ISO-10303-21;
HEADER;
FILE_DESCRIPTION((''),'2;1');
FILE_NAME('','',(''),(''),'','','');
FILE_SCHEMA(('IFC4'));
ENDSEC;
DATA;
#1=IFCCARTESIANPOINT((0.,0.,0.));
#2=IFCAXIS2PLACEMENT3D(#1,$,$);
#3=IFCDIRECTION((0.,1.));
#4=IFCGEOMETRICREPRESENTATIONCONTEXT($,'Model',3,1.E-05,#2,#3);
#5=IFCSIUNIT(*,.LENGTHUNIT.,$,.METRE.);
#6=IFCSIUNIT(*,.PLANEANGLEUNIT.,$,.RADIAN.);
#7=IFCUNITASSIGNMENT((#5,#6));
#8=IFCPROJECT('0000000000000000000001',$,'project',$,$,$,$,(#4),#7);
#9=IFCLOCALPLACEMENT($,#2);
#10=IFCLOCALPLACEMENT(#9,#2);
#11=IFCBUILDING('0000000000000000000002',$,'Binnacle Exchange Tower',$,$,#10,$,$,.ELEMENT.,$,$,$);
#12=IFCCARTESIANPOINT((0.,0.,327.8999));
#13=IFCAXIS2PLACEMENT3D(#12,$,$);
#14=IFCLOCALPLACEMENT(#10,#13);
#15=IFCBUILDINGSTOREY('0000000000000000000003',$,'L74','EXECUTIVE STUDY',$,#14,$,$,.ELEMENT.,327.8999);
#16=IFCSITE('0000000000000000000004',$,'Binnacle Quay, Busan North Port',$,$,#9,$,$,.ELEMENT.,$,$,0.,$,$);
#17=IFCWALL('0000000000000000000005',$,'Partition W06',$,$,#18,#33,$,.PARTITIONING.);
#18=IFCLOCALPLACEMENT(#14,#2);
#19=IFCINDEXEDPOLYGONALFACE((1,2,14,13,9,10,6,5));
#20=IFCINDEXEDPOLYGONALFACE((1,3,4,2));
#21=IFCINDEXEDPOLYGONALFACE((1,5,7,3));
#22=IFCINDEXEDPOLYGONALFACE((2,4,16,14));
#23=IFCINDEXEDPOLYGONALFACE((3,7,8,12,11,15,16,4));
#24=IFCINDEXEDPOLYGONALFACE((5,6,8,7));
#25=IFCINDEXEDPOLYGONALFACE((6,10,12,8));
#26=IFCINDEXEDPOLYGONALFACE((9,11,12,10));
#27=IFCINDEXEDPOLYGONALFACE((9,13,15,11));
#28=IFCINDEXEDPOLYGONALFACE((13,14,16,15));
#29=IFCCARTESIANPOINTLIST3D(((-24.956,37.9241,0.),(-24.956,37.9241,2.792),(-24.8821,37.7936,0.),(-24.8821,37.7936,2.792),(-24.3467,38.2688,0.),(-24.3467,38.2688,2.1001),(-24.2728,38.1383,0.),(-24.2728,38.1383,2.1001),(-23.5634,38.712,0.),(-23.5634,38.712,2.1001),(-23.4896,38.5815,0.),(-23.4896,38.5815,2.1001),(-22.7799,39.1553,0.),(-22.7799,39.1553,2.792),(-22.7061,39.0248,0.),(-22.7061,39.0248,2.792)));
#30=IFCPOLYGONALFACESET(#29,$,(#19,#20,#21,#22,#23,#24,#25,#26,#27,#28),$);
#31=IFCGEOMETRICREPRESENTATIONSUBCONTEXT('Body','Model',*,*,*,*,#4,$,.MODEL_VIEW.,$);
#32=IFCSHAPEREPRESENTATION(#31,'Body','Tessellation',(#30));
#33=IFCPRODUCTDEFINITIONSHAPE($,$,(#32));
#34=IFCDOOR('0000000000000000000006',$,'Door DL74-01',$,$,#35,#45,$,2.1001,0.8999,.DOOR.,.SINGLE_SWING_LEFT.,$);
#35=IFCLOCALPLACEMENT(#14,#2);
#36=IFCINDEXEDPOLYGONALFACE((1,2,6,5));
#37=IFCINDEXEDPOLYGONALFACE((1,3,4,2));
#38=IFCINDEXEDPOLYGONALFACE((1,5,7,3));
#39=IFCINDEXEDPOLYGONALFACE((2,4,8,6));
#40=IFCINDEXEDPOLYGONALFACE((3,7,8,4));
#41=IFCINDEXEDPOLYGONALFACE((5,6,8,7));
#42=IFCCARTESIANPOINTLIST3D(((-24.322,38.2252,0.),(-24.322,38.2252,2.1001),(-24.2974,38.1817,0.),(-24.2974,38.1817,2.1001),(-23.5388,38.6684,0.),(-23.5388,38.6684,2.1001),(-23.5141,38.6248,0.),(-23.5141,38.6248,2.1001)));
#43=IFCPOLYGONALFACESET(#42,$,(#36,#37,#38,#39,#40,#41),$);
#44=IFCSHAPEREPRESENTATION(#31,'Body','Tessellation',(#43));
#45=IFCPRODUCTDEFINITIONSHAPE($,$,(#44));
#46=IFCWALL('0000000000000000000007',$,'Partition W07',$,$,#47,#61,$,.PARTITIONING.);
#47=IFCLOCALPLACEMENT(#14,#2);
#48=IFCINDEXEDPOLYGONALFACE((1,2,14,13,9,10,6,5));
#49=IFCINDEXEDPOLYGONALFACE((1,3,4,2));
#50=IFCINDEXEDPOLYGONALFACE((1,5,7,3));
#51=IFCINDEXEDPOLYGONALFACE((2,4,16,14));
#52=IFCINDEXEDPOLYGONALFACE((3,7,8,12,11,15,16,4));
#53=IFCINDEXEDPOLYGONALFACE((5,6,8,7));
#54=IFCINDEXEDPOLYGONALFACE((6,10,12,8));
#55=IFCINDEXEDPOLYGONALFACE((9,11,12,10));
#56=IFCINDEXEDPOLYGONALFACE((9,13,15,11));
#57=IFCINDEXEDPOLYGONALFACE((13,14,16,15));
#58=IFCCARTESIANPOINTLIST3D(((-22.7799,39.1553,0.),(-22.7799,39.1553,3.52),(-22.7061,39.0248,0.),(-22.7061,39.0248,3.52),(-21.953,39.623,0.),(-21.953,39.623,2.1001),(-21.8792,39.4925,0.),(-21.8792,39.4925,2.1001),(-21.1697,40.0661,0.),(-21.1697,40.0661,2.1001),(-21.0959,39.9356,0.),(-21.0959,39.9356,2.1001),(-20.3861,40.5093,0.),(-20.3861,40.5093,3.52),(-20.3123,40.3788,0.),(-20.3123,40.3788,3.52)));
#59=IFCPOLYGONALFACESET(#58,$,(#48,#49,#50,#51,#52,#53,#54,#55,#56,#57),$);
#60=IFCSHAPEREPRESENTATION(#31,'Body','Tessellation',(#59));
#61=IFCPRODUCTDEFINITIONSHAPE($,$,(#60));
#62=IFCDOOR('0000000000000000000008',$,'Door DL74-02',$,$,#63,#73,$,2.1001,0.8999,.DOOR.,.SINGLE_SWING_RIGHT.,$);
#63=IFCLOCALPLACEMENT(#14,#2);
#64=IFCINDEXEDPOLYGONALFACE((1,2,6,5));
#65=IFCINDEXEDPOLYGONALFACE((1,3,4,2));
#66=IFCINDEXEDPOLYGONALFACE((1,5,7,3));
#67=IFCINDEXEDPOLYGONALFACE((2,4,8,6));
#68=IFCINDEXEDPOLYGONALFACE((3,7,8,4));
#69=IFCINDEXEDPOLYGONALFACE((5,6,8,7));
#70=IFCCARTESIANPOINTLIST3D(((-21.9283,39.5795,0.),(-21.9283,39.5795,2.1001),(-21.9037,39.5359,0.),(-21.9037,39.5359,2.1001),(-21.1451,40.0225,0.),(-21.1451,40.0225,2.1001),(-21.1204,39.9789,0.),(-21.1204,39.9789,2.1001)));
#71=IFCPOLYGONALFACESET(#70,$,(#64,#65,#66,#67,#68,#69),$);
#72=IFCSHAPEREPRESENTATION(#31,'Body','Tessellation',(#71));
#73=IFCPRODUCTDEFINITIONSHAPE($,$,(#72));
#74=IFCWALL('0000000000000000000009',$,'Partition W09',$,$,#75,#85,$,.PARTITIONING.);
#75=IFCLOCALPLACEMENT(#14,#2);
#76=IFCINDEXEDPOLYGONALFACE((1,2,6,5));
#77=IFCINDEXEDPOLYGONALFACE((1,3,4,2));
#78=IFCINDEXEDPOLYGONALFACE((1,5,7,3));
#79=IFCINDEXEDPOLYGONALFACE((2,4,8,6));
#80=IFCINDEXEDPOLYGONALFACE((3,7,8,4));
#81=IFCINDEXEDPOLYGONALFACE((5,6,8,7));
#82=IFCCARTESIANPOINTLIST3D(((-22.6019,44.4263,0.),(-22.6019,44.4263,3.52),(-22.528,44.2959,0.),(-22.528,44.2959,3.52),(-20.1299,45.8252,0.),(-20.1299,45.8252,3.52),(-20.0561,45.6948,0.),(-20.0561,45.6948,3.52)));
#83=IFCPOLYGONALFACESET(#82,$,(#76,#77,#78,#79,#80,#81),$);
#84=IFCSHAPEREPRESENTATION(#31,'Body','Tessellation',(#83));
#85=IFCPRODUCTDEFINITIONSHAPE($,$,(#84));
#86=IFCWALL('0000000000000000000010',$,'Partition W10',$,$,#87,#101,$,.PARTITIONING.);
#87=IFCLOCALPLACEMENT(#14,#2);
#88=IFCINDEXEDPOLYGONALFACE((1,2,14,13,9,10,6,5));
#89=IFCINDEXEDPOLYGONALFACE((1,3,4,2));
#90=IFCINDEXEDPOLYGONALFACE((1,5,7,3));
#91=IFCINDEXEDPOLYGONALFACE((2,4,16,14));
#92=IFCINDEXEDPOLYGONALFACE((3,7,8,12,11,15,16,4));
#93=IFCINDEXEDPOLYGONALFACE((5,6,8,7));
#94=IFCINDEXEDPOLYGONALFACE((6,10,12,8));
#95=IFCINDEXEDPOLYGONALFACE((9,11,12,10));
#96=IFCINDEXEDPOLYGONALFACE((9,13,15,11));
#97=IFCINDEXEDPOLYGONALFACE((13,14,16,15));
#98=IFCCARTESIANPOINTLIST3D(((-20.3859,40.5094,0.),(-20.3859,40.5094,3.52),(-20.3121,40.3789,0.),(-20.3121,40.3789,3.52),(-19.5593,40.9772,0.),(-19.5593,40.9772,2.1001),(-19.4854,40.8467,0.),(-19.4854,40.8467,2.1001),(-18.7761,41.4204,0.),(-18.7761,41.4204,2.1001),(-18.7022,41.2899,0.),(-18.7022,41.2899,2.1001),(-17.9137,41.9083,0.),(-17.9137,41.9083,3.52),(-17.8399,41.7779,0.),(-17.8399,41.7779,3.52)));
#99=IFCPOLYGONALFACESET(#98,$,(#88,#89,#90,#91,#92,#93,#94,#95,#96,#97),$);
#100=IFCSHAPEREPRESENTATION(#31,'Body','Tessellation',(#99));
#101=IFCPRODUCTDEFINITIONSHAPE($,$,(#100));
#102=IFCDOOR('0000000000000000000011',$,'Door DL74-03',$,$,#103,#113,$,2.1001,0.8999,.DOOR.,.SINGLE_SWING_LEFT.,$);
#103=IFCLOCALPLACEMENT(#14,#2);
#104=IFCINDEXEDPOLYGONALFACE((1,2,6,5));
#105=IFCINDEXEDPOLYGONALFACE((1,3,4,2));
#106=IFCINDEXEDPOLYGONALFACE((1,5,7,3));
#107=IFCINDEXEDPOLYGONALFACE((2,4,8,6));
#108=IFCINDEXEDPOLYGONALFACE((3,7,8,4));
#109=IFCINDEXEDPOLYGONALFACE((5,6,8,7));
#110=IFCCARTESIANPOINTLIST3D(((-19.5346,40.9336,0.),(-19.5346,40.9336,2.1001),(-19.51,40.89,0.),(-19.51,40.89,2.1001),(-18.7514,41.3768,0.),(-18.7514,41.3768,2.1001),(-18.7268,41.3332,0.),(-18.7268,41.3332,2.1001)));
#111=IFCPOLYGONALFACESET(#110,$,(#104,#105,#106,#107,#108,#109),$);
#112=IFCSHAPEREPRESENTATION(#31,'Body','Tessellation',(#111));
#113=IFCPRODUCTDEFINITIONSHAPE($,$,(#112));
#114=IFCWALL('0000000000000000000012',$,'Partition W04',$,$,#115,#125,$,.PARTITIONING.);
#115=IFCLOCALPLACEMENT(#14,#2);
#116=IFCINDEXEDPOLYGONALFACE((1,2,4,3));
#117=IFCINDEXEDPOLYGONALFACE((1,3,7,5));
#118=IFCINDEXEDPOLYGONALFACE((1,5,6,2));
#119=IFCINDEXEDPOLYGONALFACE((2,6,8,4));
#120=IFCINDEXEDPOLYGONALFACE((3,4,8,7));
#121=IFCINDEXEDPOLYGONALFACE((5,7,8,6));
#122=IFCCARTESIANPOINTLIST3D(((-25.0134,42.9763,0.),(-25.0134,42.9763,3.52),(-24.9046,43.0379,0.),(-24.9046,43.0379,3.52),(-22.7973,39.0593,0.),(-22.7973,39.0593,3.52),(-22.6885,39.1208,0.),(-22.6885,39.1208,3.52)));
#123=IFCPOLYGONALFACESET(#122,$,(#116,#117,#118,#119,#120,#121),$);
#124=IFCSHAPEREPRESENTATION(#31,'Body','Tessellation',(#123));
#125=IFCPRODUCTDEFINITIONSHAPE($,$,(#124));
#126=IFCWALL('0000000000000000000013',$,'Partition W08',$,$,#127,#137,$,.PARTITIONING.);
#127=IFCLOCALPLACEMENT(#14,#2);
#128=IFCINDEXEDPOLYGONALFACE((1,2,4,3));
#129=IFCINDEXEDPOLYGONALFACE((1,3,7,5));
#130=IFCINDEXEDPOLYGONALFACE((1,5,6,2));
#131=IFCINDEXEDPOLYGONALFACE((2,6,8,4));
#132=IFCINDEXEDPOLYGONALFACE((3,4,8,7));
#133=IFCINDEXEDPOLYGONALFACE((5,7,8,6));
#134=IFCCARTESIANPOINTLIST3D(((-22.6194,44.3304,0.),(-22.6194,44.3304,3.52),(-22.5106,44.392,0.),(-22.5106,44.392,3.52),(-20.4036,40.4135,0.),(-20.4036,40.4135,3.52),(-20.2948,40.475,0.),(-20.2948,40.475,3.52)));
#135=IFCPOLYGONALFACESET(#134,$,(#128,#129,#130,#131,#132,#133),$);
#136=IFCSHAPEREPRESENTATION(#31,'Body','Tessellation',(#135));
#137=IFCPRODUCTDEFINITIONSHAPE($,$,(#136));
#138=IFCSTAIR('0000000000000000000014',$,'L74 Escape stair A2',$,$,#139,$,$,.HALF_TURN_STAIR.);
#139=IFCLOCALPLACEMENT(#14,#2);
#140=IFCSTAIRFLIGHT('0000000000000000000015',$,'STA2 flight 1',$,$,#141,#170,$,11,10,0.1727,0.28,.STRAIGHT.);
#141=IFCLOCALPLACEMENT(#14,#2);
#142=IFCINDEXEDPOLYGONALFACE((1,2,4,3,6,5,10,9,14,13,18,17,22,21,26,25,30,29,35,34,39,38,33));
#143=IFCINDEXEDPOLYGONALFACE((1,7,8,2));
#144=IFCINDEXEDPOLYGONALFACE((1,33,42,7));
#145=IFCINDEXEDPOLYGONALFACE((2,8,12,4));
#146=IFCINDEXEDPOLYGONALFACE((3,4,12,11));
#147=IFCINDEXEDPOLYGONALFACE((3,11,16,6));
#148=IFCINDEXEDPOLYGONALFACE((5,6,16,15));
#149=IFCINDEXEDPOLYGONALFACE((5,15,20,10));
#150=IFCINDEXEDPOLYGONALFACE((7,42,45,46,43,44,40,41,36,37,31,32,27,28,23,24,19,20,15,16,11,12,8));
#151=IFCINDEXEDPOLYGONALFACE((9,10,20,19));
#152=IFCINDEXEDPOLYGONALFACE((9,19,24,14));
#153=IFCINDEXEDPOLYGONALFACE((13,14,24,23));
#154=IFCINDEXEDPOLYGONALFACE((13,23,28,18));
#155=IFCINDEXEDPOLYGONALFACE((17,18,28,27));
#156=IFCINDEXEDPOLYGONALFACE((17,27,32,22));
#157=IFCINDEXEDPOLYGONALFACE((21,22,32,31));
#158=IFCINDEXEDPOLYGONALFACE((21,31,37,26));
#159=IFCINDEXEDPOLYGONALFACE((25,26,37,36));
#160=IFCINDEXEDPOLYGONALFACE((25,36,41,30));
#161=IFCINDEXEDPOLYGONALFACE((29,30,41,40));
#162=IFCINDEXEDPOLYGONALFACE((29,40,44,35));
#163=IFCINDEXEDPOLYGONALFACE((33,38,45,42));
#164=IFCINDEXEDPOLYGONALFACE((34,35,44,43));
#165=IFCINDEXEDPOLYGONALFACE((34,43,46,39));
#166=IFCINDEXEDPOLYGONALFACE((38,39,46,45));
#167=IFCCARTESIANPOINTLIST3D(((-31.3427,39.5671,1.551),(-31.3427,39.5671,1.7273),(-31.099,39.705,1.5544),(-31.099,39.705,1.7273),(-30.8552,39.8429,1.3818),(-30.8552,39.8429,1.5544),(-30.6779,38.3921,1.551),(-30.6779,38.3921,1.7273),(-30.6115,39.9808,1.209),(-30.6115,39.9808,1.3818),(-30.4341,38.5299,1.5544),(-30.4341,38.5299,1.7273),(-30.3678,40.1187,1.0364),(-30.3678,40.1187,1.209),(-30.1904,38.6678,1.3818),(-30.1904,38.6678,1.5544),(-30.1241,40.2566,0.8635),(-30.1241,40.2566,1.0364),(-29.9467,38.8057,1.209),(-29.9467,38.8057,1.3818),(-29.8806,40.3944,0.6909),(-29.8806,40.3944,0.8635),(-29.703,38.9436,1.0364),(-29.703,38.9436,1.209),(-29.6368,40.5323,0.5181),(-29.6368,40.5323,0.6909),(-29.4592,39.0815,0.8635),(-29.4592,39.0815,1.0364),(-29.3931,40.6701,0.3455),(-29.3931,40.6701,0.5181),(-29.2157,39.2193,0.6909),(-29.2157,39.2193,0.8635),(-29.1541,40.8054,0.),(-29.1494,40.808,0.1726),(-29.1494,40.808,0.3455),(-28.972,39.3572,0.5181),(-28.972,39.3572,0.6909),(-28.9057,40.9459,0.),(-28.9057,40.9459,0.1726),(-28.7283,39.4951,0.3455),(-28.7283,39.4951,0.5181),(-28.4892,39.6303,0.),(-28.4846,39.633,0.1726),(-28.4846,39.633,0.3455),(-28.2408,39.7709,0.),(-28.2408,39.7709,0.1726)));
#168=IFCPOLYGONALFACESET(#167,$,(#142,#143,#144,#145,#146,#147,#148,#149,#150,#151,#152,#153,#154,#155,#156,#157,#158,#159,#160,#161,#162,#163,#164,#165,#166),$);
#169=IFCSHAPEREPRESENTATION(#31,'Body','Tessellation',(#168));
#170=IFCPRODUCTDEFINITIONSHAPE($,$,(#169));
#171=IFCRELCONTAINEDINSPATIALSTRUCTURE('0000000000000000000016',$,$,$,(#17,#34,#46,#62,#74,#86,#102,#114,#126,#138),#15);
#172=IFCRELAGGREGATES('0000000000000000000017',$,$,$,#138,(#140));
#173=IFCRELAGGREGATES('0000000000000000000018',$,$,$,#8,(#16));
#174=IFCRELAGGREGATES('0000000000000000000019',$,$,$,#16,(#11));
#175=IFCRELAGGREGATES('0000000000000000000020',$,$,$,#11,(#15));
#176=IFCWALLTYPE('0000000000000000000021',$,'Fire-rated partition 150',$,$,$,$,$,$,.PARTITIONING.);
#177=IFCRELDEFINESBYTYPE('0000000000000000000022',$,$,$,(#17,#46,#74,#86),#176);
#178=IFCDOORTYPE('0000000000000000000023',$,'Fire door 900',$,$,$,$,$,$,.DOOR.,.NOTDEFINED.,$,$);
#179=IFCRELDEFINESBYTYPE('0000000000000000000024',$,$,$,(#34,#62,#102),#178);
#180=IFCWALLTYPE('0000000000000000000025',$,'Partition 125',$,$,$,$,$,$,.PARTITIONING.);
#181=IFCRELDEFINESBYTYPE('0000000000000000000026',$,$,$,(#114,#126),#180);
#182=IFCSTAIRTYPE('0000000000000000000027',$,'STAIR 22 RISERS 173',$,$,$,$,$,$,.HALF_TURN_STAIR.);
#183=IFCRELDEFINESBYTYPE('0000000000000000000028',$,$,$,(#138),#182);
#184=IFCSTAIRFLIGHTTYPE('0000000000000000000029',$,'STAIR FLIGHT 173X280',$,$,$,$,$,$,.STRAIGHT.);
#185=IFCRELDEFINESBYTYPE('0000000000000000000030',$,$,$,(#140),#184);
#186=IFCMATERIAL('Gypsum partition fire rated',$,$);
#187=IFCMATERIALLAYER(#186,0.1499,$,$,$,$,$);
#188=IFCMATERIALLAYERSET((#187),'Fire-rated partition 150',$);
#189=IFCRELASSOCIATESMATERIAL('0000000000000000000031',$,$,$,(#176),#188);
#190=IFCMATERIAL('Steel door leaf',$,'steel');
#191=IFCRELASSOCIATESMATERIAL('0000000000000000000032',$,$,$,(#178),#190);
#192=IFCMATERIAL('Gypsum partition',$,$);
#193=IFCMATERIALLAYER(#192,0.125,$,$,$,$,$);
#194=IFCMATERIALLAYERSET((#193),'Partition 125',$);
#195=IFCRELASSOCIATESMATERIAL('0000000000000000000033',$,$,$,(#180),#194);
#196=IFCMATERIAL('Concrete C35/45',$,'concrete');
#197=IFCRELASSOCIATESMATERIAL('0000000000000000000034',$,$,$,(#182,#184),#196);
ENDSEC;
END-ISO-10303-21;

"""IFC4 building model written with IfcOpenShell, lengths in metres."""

from ifc_helpers import new_model, si_unit, direction, frame, frame_2d, origin, place, context, subcontext, project, spatial, polyline, rectangle, outline, extrude, material, layer, layer_set, type_object, element, fill, aggregate, save


model = new_model("IFC4")

# Units and contexts
model_context = context("Model", 3, precision=1e-05, world=origin(), true_north=direction((0.0, 1.0)))
body_context = subcontext(model_context, "Body", "Model", "MODEL_VIEW")
ifc_project = project(units=[si_unit("LENGTHUNIT", "METRE"), si_unit("PLANEANGLEUNIT", "RADIAN")], contexts=[model_context])

# Site, building, storey
site_placement = place(None, origin())
site = spatial("IfcSite", under=ifc_project, at=site_placement, Name="Binnacle Quay, Busan North Port", CompositionType="ELEMENT", RefElevation=0.0)
building_placement = place(site_placement, origin())
building = spatial("IfcBuilding", under=site, at=building_placement, Name="Binnacle Exchange Tower", CompositionType="ELEMENT")
storey_placement = place(building_placement, frame((0.0, 0.0, 327.8999)))
storey = spatial("IfcBuildingStorey", under=building, at=storey_placement, Name="L74", Description="EXECUTIVE STUDY", CompositionType="ELEMENT", Elevation=327.8999)

# Shared definitions
ifc_material_1 = material(Name="Steel door leaf", Category="steel")

# Shared definitions
ifc_material_2 = material(Name="Gypsum partition fire rated")
ifc_layer_1 = layer(ifc_material_2, 0.1499)
ifc_layer_set_1 = layer_set([ifc_layer_1], Name="Fire-rated partition 150")
wall_type_1 = type_object("IfcWallType", Name="Fire-rated partition 150", PredefinedType="PARTITIONING", material=ifc_layer_set_1)

# Walls, openings, doors
wall_1_placement = place(storey_placement, frame((-24.9189, 37.8589, 0.0), z_axis=(0.0, 0.0, 1.0), x_axis=(0.870345, 0.492443, 0.0)))
wall_1 = element("IfcWall", 1, at=wall_1_placement, inside=storey, type_object=wall_type_1, Name="Partition W06", PredefinedType="PARTITIONING", context=body_context, shape_type="SweptSolid", body=[
    extrude(rectangle(XDim=2.5002, YDim=0.1499, at=frame_2d((1.25, 0.0))), origin(), (0.0, 0.0, 1.0), 2.792),
])
opening_1_placement = place(wall_1_placement, frame((0.7, 0.0, 0.0)))
opening_1 = element("IfcOpeningElement", 2, at=opening_1_placement, cuts=wall_1, PredefinedType="OPENING", context=body_context, shape_type="SweptSolid", body=[
    extrude(rectangle(XDim=0.8999, YDim=2.1001, at=frame_2d((0.45, 1.05))), frame((0.0, 0.085, 0.0), z_axis=(0.0, -1.0, 0.0), x_axis=(1.0, 0.0, 0.0)), (0.0, 0.0, 1.0), 0.1699),
])
door_type_1 = type_object("IfcDoorType", Name="Fire door 900", OperationType="NOTDEFINED", PredefinedType="DOOR", material=ifc_material_1)
door_1_placement = place(opening_1_placement, origin())
door_1 = element("IfcDoor", 3, at=door_1_placement, inside=storey, type_object=door_type_1, Name="Door DL74-01", OperationType="SINGLE_SWING_LEFT", OverallHeight=2.1001, OverallWidth=0.8999, PredefinedType="DOOR", context=body_context, shape_type="SweptSolid", body=[
    extrude(rectangle(XDim=0.8999, YDim=2.1001, at=frame_2d((0.45, 1.05))), frame((0.0, 0.0249, 0.0), z_axis=(0.0, -1.0, 0.0), x_axis=(1.0, 0.0, 0.0)), (0.0, 0.0, 1.0), 0.05),
])
fill(opening_1, door_1)
wall_2_placement = place(storey_placement, frame((-22.7429, 39.0901, 0.0), z_axis=(0.0, 0.0, 1.0), x_axis=(0.870409, 0.492329, 0.0)))
wall_2 = element("IfcWall", 4, at=wall_2_placement, inside=storey, type_object=wall_type_1, Name="Partition W07", PredefinedType="PARTITIONING", context=body_context, shape_type="SweptSolid", body=[
    extrude(rectangle(XDim=2.7502, YDim=0.1499, at=frame_2d((1.375, 0.0))), origin(), (0.0, 0.0, 1.0), 3.52),
])
opening_2_placement = place(wall_2_placement, frame((0.95, 0.0, 0.0)))
opening_2 = element("IfcOpeningElement", 5, at=opening_2_placement, cuts=wall_2, PredefinedType="OPENING", context=body_context, shape_type="SweptSolid", body=[
    extrude(rectangle(XDim=0.8999, YDim=2.1001, at=frame_2d((0.45, 1.05))), frame((0.0, 0.085, 0.0), z_axis=(0.0, -1.0, 0.0), x_axis=(1.0, 0.0, 0.0)), (0.0, 0.0, 1.0), 0.1699),
])
door_2_placement = place(opening_2_placement, origin())
door_2 = element("IfcDoor", 6, at=door_2_placement, inside=storey, type_object=door_type_1, Name="Door DL74-02", OperationType="SINGLE_SWING_RIGHT", OverallHeight=2.1001, OverallWidth=0.8999, PredefinedType="DOOR", context=body_context, shape_type="SweptSolid", body=[
    extrude(rectangle(XDim=0.8999, YDim=2.1001, at=frame_2d((0.45, 1.05))), frame((0.0, 0.0249, 0.0), z_axis=(0.0, -1.0, 0.0), x_axis=(1.0, 0.0, 0.0)), (0.0, 0.0, 1.0), 0.05),
])
fill(opening_2, door_2)

# Wall
wall_3_placement = place(storey_placement, frame((-22.5649, 44.3611, 0.0), z_axis=(0.0, 0.0, 1.0), x_axis=(0.870299, 0.492525, 0.0)))
element("IfcWall", 7, at=wall_3_placement, inside=storey, type_object=wall_type_1, Name="Partition W09", PredefinedType="PARTITIONING", context=body_context, shape_type="SweptSolid", body=[
    extrude(rectangle(XDim=2.8403, YDim=0.1499, at=frame_2d((1.4202, 0.0))), origin(), (0.0, 0.0, 1.0), 3.52),
])

# Wall, opening, door
wall_4_placement = place(storey_placement, frame((-20.3491, 40.4441, 0.0), z_axis=(0.0, 0.0, 1.0), x_axis=(0.870319, 0.492488, 0.0)))
wall_4 = element("IfcWall", 8, at=wall_4_placement, inside=storey, type_object=wall_type_1, Name="Partition W10", PredefinedType="PARTITIONING", context=body_context, shape_type="SweptSolid", body=[
    extrude(rectangle(XDim=2.8406, YDim=0.1499, at=frame_2d((1.4204, 0.0))), origin(), (0.0, 0.0, 1.0), 3.52),
])
opening_3_placement = place(wall_4_placement, frame((0.95, 0.0, 0.0)))
opening_3 = element("IfcOpeningElement", 9, at=opening_3_placement, cuts=wall_4, PredefinedType="OPENING", context=body_context, shape_type="SweptSolid", body=[
    extrude(rectangle(XDim=0.8999, YDim=2.1001, at=frame_2d((0.45, 1.05))), frame((0.0, 0.085, 0.0), z_axis=(0.0, -1.0, 0.0), x_axis=(1.0, 0.0, 0.0)), (0.0, 0.0, 1.0), 0.1699),
])
door_3_placement = place(opening_3_placement, origin())
door_3 = element("IfcDoor", 10, at=door_3_placement, inside=storey, type_object=door_type_1, Name="Door DL74-03", OperationType="SINGLE_SWING_LEFT", OverallHeight=2.1001, OverallWidth=0.8999, PredefinedType="DOOR", context=body_context, shape_type="SweptSolid", body=[
    extrude(rectangle(XDim=0.8999, YDim=2.1001, at=frame_2d((0.45, 1.05))), frame((0.0, 0.0249, 0.0), z_axis=(0.0, -1.0, 0.0), x_axis=(1.0, 0.0, 0.0)), (0.0, 0.0, 1.0), 0.05),
])
fill(opening_3, door_3)

# Walls
ifc_material_3 = material(Name="Gypsum partition")
ifc_layer_2 = layer(ifc_material_3, 0.125)
ifc_layer_set_2 = layer_set([ifc_layer_2], Name="Partition 125")
wall_type_2 = type_object("IfcWallType", Name="Partition 125", PredefinedType="PARTITIONING", material=ifc_layer_set_2)
wall_5_placement = place(storey_placement, frame((-24.959, 43.0071, 0.0), z_axis=(0.0, 0.0, 1.0), x_axis=(0.492413, -0.870362, 0.0)))
element("IfcWall", 11, at=wall_5_placement, inside=storey, type_object=wall_type_2, Name="Partition W04", PredefinedType="PARTITIONING", context=body_context, shape_type="SweptSolid", body=[
    extrude(rectangle(XDim=4.5005, YDim=0.125, at=frame_2d((2.2502, 0.0))), origin(), (0.0, 0.0, 1.0), 3.52),
])
wall_6_placement = place(storey_placement, frame((-22.5649, 44.3611, 0.0), z_axis=(0.0, 0.0, 1.0), x_axis=(0.492372, -0.870385, 0.0)))
element("IfcWall", 12, at=wall_6_placement, inside=storey, type_object=wall_type_2, Name="Partition W08", PredefinedType="PARTITIONING", context=body_context, shape_type="SweptSolid", body=[
    extrude(rectangle(XDim=4.5002, YDim=0.125, at=frame_2d((2.25, 0.0))), origin(), (0.0, 0.0, 1.0), 3.52),
])

# Stair, stair flight
ifc_material_4 = material(Name="Concrete C35/45", Category="concrete")
stair_type = type_object("IfcStairType", Name="STAIR 22 RISERS 173", PredefinedType="HALF_TURN_STAIR", material=ifc_material_4)
stair_placement = place(storey_placement, origin())
stair = element("IfcStair", 13, at=stair_placement, inside=storey, type_object=stair_type, Name="L74 Escape stair A2", PredefinedType="HALF_TURN_STAIR")
stair_flight_type = type_object("IfcStairFlightType", Name="STAIR FLIGHT 173X280", PredefinedType="STRAIGHT", material=ifc_material_4)
stair_flight_placement = place(storey_placement, frame((-28.5732, 40.3584, 0.0), z_axis=(0.0, 0.0, 1.0), x_axis=(-0.870356, -0.492424, 0.0)))
stair_flight = element("IfcStairFlight", 14, at=stair_flight_placement, type_object=stair_flight_type, Name="STA2 flight 1", NumberOfRisers=11, NumberOfTreads=10, PredefinedType="STRAIGHT", RiserHeight=0.1727, TreadLength=0.28, context=body_context, shape_type="SweptSolid", body=[
    extrude(outline(polyline([(0.0, 0.0), (0.0, 0.1726), (0.28, 0.1726), (0.28, 0.3455), (0.5601, 0.3455), (0.5601, 0.5181), (0.8401, 0.5181), (0.8401, 0.6909), (1.1201, 0.6909), (1.1201, 0.8635), (1.3999, 0.8635), (1.3999, 1.0364), (1.6799, 1.0364), (1.6799, 1.209), (1.96, 1.209), (1.96, 1.3818), (2.24, 1.3818), (2.24, 1.5544), (2.52, 1.5544), (2.52, 1.7273), (2.8, 1.7273), (2.8, 1.8999), (2.8, 1.551), (0.2854, 0.0), (0.0, 0.0)])), frame((0.0, 0.675, 0.0), z_axis=(0.0, -1.0, 0.0), x_axis=(1.0, 0.0, 0.0)), (0.0, 0.0, 1.0), 1.3501),
])
aggregate(stair, [stair_flight])

save(model, "model.ifc")
